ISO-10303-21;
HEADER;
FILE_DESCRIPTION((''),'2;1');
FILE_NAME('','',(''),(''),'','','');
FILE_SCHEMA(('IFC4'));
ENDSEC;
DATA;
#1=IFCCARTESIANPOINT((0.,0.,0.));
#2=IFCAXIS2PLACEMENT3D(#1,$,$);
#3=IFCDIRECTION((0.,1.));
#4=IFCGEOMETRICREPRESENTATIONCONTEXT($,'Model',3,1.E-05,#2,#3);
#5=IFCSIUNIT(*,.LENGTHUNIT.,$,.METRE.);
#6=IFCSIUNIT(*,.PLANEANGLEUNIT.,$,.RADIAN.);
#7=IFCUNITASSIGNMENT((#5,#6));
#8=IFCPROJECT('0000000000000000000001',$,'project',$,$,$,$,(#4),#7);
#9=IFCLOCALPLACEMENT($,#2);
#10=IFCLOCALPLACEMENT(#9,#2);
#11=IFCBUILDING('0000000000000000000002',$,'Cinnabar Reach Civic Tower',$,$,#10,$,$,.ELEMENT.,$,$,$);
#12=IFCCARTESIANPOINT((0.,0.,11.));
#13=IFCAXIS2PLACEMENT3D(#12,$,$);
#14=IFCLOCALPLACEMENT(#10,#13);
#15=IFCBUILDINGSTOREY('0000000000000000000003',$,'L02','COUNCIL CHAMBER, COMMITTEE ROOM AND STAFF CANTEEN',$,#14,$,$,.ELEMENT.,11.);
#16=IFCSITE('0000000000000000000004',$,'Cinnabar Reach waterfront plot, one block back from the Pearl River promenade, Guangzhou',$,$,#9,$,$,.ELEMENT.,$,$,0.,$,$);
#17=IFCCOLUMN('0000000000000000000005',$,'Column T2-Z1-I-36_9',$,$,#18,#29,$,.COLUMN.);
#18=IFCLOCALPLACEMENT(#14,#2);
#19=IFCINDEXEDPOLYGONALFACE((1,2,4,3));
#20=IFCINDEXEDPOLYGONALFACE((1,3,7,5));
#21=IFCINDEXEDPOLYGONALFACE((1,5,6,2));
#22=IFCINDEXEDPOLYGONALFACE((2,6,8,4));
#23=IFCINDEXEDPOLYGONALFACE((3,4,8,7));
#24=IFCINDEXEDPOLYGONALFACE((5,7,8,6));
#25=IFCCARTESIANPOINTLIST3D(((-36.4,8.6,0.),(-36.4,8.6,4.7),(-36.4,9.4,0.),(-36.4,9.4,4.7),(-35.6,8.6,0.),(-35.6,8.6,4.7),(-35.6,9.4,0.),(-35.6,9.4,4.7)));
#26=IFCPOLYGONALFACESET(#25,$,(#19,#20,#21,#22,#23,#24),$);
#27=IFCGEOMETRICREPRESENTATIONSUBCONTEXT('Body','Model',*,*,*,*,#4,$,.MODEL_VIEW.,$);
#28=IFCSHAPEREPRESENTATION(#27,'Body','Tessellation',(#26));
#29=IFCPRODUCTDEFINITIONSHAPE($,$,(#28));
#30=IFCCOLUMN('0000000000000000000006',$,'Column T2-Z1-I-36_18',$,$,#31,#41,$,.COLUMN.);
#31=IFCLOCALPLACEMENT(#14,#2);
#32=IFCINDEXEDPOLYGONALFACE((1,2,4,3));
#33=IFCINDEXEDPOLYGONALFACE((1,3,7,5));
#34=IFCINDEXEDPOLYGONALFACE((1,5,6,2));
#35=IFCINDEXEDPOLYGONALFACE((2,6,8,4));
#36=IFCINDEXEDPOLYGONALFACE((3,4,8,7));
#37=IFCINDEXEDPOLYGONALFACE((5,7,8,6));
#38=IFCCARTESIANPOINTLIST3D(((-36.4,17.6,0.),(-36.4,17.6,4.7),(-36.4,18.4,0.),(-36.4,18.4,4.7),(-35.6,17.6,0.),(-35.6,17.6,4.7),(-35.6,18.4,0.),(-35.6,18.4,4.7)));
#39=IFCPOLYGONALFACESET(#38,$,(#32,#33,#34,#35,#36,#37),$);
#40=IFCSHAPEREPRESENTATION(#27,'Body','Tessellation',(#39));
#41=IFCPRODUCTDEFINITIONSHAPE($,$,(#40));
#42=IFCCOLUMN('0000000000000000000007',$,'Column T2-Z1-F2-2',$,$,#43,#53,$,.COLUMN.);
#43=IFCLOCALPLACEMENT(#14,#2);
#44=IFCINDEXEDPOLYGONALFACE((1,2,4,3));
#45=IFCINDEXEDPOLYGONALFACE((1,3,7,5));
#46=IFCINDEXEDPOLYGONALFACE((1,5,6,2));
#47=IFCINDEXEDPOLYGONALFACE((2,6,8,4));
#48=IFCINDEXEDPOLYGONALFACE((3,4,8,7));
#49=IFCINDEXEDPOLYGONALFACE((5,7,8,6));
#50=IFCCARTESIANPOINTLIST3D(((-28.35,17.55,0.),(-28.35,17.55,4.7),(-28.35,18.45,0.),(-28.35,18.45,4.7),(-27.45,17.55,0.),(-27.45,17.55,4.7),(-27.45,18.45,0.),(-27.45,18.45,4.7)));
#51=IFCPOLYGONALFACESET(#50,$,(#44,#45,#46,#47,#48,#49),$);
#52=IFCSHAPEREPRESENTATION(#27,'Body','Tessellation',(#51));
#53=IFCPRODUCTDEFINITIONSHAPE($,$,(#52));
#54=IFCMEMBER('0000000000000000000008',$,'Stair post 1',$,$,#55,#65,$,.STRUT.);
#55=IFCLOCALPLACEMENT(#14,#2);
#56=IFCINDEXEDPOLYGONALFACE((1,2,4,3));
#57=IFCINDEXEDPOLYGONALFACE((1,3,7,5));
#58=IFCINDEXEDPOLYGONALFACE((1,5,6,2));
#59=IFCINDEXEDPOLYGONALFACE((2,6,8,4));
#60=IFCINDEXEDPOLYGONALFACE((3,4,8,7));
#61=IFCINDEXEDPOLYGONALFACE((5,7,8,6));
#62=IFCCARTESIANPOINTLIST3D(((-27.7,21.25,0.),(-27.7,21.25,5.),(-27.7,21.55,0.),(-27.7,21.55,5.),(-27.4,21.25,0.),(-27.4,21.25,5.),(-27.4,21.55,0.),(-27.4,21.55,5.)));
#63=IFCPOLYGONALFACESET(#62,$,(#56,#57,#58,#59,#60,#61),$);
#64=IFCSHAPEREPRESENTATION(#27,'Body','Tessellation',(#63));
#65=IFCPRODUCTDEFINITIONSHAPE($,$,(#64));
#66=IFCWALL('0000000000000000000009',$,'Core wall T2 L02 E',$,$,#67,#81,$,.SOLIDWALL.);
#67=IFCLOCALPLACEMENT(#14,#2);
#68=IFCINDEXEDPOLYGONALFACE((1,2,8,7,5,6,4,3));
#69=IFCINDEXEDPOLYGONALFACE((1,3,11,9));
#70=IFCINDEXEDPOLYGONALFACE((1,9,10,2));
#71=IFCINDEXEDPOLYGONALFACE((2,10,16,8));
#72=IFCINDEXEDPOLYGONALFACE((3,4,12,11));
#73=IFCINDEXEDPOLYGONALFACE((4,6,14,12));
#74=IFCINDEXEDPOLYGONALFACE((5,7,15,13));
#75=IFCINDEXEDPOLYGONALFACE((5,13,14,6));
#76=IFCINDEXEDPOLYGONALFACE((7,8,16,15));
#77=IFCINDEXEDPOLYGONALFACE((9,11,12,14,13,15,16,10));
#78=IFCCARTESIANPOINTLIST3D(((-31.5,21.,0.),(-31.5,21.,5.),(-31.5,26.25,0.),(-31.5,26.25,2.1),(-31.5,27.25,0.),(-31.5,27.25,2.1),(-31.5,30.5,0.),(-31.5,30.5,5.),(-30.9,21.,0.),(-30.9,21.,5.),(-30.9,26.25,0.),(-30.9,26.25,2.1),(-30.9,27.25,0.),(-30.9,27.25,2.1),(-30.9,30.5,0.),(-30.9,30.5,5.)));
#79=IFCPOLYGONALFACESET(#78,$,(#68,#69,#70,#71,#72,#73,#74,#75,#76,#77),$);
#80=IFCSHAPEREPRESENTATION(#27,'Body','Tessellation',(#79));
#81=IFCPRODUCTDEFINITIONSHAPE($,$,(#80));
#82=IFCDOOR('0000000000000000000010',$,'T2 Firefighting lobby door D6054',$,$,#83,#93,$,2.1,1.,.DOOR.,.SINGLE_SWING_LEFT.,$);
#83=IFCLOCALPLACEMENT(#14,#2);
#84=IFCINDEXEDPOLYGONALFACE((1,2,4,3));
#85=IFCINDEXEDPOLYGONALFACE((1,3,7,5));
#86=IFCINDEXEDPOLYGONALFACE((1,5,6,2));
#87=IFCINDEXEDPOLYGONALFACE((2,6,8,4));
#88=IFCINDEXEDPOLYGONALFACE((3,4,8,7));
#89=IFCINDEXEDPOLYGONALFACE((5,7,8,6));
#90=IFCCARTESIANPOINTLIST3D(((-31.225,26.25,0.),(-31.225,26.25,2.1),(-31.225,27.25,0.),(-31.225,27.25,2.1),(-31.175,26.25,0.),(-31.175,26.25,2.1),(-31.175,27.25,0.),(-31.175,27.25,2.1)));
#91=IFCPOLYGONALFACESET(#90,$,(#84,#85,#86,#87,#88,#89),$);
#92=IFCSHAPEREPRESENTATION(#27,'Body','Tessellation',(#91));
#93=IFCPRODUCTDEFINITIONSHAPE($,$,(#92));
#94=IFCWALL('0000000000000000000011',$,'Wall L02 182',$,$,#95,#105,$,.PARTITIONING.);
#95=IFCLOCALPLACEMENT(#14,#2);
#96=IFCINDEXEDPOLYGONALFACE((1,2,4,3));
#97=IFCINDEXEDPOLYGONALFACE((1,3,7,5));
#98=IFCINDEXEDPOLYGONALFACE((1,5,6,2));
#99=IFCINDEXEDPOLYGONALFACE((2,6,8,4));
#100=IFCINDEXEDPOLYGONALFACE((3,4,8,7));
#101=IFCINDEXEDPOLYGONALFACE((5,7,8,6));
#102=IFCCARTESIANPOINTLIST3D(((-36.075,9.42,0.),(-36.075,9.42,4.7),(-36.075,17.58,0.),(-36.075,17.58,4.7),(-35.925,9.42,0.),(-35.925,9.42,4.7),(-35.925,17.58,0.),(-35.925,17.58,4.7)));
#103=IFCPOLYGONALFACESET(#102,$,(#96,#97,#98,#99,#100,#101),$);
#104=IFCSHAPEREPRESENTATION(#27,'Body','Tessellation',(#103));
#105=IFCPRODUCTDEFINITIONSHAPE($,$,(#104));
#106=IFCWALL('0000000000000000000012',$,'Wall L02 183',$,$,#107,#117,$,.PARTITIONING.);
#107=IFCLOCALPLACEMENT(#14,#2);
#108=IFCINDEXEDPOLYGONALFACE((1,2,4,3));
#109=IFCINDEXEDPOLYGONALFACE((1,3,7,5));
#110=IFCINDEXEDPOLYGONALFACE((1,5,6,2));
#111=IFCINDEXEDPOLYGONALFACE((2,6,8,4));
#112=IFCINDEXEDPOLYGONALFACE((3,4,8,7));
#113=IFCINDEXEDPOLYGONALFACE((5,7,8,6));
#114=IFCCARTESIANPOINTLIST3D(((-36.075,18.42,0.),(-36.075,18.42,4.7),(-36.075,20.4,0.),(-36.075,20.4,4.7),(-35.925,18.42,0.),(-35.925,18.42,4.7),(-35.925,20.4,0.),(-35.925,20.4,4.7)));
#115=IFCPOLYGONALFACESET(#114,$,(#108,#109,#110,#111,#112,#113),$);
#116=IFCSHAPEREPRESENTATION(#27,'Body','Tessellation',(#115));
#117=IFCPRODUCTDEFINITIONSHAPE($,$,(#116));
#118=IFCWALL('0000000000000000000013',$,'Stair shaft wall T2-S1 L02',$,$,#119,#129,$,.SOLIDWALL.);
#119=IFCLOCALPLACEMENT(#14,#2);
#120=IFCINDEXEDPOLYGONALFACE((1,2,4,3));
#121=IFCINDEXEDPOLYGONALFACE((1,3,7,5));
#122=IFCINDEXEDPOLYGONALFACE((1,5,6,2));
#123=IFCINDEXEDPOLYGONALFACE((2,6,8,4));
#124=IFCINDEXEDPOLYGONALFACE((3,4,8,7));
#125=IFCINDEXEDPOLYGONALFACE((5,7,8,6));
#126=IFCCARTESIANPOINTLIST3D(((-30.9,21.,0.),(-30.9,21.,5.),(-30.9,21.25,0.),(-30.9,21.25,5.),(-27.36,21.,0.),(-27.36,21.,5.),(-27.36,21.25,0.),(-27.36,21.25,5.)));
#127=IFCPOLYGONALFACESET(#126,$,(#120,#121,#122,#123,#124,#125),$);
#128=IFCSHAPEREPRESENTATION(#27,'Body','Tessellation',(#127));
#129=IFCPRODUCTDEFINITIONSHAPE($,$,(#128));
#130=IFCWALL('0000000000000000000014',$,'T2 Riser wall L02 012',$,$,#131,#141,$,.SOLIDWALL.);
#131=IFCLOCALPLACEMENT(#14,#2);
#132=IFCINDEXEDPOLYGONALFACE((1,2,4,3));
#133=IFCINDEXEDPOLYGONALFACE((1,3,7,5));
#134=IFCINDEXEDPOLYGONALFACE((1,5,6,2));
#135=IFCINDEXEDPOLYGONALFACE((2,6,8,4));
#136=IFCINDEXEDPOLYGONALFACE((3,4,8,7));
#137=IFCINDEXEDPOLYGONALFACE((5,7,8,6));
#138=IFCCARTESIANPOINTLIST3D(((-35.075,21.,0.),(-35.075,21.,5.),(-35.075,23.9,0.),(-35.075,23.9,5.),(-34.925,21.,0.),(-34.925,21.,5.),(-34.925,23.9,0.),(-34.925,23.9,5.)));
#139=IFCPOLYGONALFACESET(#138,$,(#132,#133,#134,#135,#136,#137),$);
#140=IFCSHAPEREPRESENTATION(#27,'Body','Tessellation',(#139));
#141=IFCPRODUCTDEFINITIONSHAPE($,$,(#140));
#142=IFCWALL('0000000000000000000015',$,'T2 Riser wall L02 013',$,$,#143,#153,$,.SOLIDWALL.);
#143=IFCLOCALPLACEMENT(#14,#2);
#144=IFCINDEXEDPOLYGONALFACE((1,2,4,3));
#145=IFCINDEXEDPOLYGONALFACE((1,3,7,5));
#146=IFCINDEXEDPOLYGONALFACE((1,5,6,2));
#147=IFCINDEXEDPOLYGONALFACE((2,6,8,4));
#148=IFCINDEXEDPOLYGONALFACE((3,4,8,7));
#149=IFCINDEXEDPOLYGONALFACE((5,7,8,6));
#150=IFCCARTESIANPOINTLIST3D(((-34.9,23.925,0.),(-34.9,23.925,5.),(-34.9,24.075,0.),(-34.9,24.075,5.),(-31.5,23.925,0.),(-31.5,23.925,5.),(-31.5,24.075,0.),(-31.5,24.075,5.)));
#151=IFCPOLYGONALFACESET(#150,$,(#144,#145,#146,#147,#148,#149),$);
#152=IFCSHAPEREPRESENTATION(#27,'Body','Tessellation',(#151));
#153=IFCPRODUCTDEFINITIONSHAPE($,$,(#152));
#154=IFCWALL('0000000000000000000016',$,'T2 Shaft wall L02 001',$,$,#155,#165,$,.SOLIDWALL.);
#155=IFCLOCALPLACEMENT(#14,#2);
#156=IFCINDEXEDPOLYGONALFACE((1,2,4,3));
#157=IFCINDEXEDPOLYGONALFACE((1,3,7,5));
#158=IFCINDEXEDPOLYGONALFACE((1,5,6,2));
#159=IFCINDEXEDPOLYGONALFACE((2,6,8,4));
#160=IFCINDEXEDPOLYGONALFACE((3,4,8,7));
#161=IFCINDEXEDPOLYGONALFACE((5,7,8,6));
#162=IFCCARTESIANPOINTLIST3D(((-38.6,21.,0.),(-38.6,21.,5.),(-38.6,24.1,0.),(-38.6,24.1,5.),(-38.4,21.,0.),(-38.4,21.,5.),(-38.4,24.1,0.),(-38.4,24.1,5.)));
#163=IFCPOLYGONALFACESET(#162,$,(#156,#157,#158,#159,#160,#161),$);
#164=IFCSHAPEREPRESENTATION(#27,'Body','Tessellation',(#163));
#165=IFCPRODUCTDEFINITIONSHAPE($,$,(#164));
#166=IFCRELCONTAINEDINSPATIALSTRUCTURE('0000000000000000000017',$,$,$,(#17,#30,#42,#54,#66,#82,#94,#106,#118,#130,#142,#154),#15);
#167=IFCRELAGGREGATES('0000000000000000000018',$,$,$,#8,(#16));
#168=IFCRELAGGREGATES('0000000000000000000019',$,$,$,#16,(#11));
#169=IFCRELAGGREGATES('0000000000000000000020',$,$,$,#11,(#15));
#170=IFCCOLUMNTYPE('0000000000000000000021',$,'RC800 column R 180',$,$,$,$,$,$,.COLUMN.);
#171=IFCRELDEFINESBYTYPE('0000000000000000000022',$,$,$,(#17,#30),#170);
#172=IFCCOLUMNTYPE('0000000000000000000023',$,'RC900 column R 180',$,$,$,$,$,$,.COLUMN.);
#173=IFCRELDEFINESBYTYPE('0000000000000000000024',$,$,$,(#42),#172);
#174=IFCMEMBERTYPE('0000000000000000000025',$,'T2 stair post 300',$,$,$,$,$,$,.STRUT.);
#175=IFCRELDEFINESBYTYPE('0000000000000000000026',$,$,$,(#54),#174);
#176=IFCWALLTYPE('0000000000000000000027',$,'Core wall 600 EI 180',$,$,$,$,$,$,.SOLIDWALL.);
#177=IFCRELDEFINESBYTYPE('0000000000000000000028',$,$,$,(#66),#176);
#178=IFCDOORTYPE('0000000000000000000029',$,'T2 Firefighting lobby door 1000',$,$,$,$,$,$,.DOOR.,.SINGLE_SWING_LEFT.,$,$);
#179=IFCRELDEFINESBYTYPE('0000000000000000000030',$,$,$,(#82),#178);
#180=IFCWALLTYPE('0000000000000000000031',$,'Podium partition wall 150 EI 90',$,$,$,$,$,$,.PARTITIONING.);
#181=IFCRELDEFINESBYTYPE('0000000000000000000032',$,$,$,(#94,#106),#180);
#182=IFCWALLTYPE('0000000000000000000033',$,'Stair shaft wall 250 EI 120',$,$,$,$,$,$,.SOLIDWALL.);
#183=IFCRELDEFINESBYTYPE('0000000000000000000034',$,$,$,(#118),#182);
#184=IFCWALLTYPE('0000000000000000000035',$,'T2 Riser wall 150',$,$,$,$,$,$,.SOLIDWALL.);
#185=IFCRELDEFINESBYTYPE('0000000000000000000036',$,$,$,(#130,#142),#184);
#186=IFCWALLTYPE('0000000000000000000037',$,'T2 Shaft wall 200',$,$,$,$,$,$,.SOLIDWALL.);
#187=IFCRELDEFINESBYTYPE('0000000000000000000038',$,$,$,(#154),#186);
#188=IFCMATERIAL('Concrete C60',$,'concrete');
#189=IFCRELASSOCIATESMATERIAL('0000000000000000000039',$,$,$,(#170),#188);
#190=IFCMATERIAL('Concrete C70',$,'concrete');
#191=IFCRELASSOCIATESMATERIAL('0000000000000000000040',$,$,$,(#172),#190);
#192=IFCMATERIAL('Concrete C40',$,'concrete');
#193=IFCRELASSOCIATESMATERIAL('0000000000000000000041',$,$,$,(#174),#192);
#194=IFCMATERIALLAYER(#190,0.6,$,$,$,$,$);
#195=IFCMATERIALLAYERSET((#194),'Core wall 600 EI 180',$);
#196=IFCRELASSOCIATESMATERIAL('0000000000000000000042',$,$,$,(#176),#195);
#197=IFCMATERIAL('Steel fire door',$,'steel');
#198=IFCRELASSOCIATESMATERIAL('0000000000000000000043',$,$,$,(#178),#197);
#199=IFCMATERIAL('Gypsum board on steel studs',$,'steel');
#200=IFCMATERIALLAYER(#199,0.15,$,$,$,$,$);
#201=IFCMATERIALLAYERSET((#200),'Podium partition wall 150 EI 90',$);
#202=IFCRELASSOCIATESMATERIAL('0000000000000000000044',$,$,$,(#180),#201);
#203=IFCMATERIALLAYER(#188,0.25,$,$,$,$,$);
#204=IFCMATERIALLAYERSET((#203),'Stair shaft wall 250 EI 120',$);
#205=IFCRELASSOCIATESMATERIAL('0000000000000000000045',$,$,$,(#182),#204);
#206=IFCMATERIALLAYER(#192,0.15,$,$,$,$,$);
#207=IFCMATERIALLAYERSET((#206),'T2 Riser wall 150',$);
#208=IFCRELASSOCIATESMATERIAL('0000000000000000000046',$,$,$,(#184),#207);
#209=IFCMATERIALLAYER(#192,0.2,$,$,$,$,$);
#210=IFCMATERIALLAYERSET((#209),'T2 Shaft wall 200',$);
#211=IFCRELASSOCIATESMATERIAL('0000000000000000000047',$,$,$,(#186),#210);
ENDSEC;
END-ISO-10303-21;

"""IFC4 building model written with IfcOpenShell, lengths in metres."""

from ifc_helpers import new_model, si_unit, direction, frame, frame_2d, origin, origin_2d, place, context, subcontext, project, spatial, rectangle, extrude, material, layer, layer_set, material_profile, profile_set, type_object, element, fill, save


model = new_model("IFC4")

# Units and contexts
model_context = context("Model", 3, precision=1e-05, world=origin(), true_north=direction((0.0, 1.0)))
body_context = subcontext(model_context, "Body", "Model", "MODEL_VIEW")
ifc_project = project(units=[si_unit("LENGTHUNIT", "METRE"), si_unit("PLANEANGLEUNIT", "RADIAN")], contexts=[model_context])

# Site, building, storey
site_placement = place(None, origin())
site = spatial("IfcSite", under=ifc_project, at=site_placement, Name="Cinnabar Reach waterfront plot, one block back from the Pearl River promenade, Guangzhou", CompositionType="ELEMENT", RefElevation=0.0)
building_placement = place(site_placement, origin())
building = spatial("IfcBuilding", under=site, at=building_placement, Name="Cinnabar Reach Civic Tower", CompositionType="ELEMENT")
storey_placement = place(building_placement, frame((0.0, 0.0, 11.0)))
storey = spatial("IfcBuildingStorey", under=building, at=storey_placement, Name="L02", Description="COUNCIL CHAMBER, COMMITTEE ROOM AND STAFF CANTEEN", CompositionType="ELEMENT", Elevation=11.0)

# Columns
ifc_material_1 = material(Name="Concrete C60", Category="concrete")
ifc_material_profile_1 = material_profile(ifc_material_1, rectangle(XDim=0.8, YDim=0.8, at=origin_2d()), Name="RC800")
ifc_profile_set_1 = profile_set([ifc_material_profile_1], Name="Concrete C60")
column_type_1 = type_object("IfcColumnType", Name="RC800 column R 180", PredefinedType="COLUMN", material=ifc_profile_set_1)
for number, where, z_axis, x_axis, name in (
    (1, (-36.0, 9.0, 0.0), (0.0, 0.0, 1.0), (1.0, 0.0, 0.0), "Column T2-Z1-I-36_9"),
    (2, (-36.0, 18.0, 0.0), (0.0, 0.0, 1.0), (1.0, 0.0, 0.0), "Column T2-Z1-I-36_18"),
):
    element("IfcColumn", number, at=place(storey_placement, frame(where, z_axis=z_axis, x_axis=x_axis)), inside=storey, type_object=column_type_1, Name=name, PredefinedType="COLUMN", context=body_context, shape_type="SweptSolid", body=[
        extrude(rectangle(XDim=0.8, YDim=0.8, at=origin_2d()), origin(), (0.0, 0.0, 1.0), 4.7),
    ])
ifc_material_2 = material(Name="Concrete C70", Category="concrete")
ifc_material_profile_2 = material_profile(ifc_material_2, rectangle(XDim=0.9, YDim=0.9, at=origin_2d()), Name="RC900")
ifc_profile_set_2 = profile_set([ifc_material_profile_2], Name="Concrete C70")
column_type_2 = type_object("IfcColumnType", Name="RC900 column R 180", PredefinedType="COLUMN", material=ifc_profile_set_2)
column_placement = place(storey_placement, frame((-27.9, 18.0, 0.0), z_axis=(0.0, 0.0, 1.0), x_axis=(1.0, 0.0, 0.0)))
element("IfcColumn", 3, at=column_placement, inside=storey, type_object=column_type_2, Name="Column T2-Z1-F2-2", PredefinedType="COLUMN", context=body_context, shape_type="SweptSolid", body=[
    extrude(rectangle(XDim=0.9, YDim=0.9, at=origin_2d()), origin(), (0.0, 0.0, 1.0), 4.7),
])

# Member
ifc_material_3 = material(Name="Concrete C40", Category="concrete")
ifc_material_profile_3 = material_profile(ifc_material_3, rectangle(XDim=0.3, YDim=0.3, at=origin_2d()), Name="C300")
ifc_profile_set_3 = profile_set([ifc_material_profile_3], Name="Concrete C40")
member_type = type_object("IfcMemberType", Name="T2 stair post 300", PredefinedType="STRUT", material=ifc_profile_set_3)
member_placement = place(storey_placement, frame((-27.55, 21.4, 0.0), z_axis=(0.0, 0.0, 1.0), x_axis=(1.0, 0.0, 0.0)))
element("IfcMember", 4, at=member_placement, inside=storey, type_object=member_type, Name="Stair post 1", PredefinedType="STRUT", context=body_context, shape_type="SweptSolid", body=[
    extrude(rectangle(XDim=0.3, YDim=0.3, at=origin_2d()), origin(), (0.0, 0.0, 1.0), 5.0),
])

# Wall, opening, door
ifc_layer_1 = layer(ifc_material_2, 0.6)
ifc_layer_set_1 = layer_set([ifc_layer_1], Name="Core wall 600 EI 180")
wall_type_1 = type_object("IfcWallType", Name="Core wall 600 EI 180", PredefinedType="SOLIDWALL", material=ifc_layer_set_1)
wall_1_placement = place(storey_placement, frame((-31.2, 21.0, 0.0), z_axis=(0.0, 0.0, 1.0), x_axis=(0.0, 1.0, 0.0)))
wall_1 = element("IfcWall", 5, at=wall_1_placement, inside=storey, type_object=wall_type_1, Name="Core wall T2 L02 E", PredefinedType="SOLIDWALL", context=body_context, shape_type="SweptSolid", body=[
    extrude(rectangle(XDim=9.5, YDim=0.6, at=frame_2d((4.75, 0.0))), origin(), (0.0, 0.0, 1.0), 5.0),
])
opening_1_placement = place(wall_1_placement, frame((5.25, 0.0, 0.0)))
opening_1 = element("IfcOpeningElement", 6, at=opening_1_placement, cuts=wall_1, PredefinedType="OPENING", context=body_context, shape_type="SweptSolid", body=[
    extrude(rectangle(XDim=1.0, YDim=2.1, at=frame_2d((0.5, 1.05))), frame((0.0, 0.31, 0.0), z_axis=(0.0, -1.0, 0.0), x_axis=(1.0, 0.0, 0.0)), (0.0, 0.0, 1.0), 0.62),
])
ifc_material_4 = material(Name="Steel fire door", Category="steel")
door_type_1 = type_object("IfcDoorType", Name="T2 Firefighting lobby door 1000", OperationType="SINGLE_SWING_LEFT", PredefinedType="DOOR", material=ifc_material_4)
door_1_placement = place(opening_1_placement, frame((1.0, 0.0, 0.0), z_axis=(0.0, 0.0, 1.0), x_axis=(-1.0, 0.0, 0.0)))
door_1 = element("IfcDoor", 7, at=door_1_placement, inside=storey, type_object=door_type_1, Name="T2 Firefighting lobby door D6054", OperationType="SINGLE_SWING_LEFT", OverallHeight=2.1, OverallWidth=1.0, PredefinedType="DOOR", context=body_context, shape_type="SweptSolid", body=[
    extrude(rectangle(XDim=1.0, YDim=2.1, at=frame_2d((0.5, 1.05))), frame((0.0, 0.025, 0.0), z_axis=(0.0, -1.0, 0.0), x_axis=(1.0, 0.0, 0.0)), (0.0, 0.0, 1.0), 0.05),
])
fill(opening_1, door_1)

# Walls
ifc_material_5 = material(Name="Gypsum board on steel studs", Category="steel")
ifc_layer_2 = layer(ifc_material_5, 0.15)
ifc_layer_set_2 = layer_set([ifc_layer_2], Name="Podium partition wall 150 EI 90")
wall_type_2 = type_object("IfcWallType", Name="Podium partition wall 150 EI 90", PredefinedType="PARTITIONING", material=ifc_layer_set_2)
wall_2_placement = place(storey_placement, frame((-36.0, 9.42, 0.0), z_axis=(0.0, 0.0, 1.0), x_axis=(0.0, 1.0, 0.0)))
element("IfcWall", 8, at=wall_2_placement, inside=storey, type_object=wall_type_2, Name="Wall L02 182", PredefinedType="PARTITIONING", context=body_context, shape_type="SweptSolid", body=[
    extrude(rectangle(XDim=8.16, YDim=0.15, at=frame_2d((4.08, 0.0))), origin(), (0.0, 0.0, 1.0), 4.7),
])
wall_3_placement = place(storey_placement, frame((-36.0, 18.42, 0.0), z_axis=(0.0, 0.0, 1.0), x_axis=(0.0, 1.0, 0.0)))
element("IfcWall", 9, at=wall_3_placement, inside=storey, type_object=wall_type_2, Name="Wall L02 183", PredefinedType="PARTITIONING", context=body_context, shape_type="SweptSolid", body=[
    extrude(rectangle(XDim=1.98, YDim=0.15, at=frame_2d((0.99, 0.0))), origin(), (0.0, 0.0, 1.0), 4.7),
])
ifc_layer_3 = layer(ifc_material_1, 0.25)
ifc_layer_set_3 = layer_set([ifc_layer_3], Name="Stair shaft wall 250 EI 120")
wall_type_3 = type_object("IfcWallType", Name="Stair shaft wall 250 EI 120", PredefinedType="SOLIDWALL", material=ifc_layer_set_3)
wall_4_placement = place(storey_placement, frame((-30.9, 21.125, 0.0), z_axis=(0.0, 0.0, 1.0), x_axis=(1.0, 0.0, 0.0)))
element("IfcWall", 10, at=wall_4_placement, inside=storey, type_object=wall_type_3, Name="Stair shaft wall T2-S1 L02", PredefinedType="SOLIDWALL", context=body_context, shape_type="SweptSolid", body=[
    extrude(rectangle(XDim=3.54, YDim=0.25, at=frame_2d((1.77, 0.0))), origin(), (0.0, 0.0, 1.0), 5.0),
])
ifc_layer_4 = layer(ifc_material_3, 0.15)
ifc_layer_set_4 = layer_set([ifc_layer_4], Name="T2 Riser wall 150")
wall_type_4 = type_object("IfcWallType", Name="T2 Riser wall 150", PredefinedType="SOLIDWALL", material=ifc_layer_set_4)
wall_5_placement = place(storey_placement, frame((-35.0, 21.0, 0.0), z_axis=(0.0, 0.0, 1.0), x_axis=(0.0, 1.0, 0.0)))
element("IfcWall", 11, at=wall_5_placement, inside=storey, type_object=wall_type_4, Name="T2 Riser wall L02 012", PredefinedType="SOLIDWALL", context=body_context, shape_type="SweptSolid", body=[
    extrude(rectangle(XDim=2.9, YDim=0.15, at=frame_2d((1.45, 0.0))), origin(), (0.0, 0.0, 1.0), 5.0),
])
wall_6_placement = place(storey_placement, frame((-31.5, 24.0, 0.0), z_axis=(0.0, 0.0, 1.0), x_axis=(-1.0, 0.0, 0.0)))
element("IfcWall", 12, at=wall_6_placement, inside=storey, type_object=wall_type_4, Name="T2 Riser wall L02 013", PredefinedType="SOLIDWALL", context=body_context, shape_type="SweptSolid", body=[
    extrude(rectangle(XDim=3.4, YDim=0.15, at=frame_2d((1.7, 0.0))), origin(), (0.0, 0.0, 1.0), 5.0),
])
ifc_layer_5 = layer(ifc_material_3, 0.2)
ifc_layer_set_5 = layer_set([ifc_layer_5], Name="T2 Shaft wall 200")
wall_type_5 = type_object("IfcWallType", Name="T2 Shaft wall 200", PredefinedType="SOLIDWALL", material=ifc_layer_set_5)
wall_7_placement = place(storey_placement, frame((-38.5, 21.0, 0.0), z_axis=(0.0, 0.0, 1.0), x_axis=(0.0, 1.0, 0.0)))
element("IfcWall", 13, at=wall_7_placement, inside=storey, type_object=wall_type_5, Name="T2 Shaft wall L02 001", PredefinedType="SOLIDWALL", context=body_context, shape_type="SweptSolid", body=[
    extrude(rectangle(XDim=3.1, YDim=0.2, at=frame_2d((1.55, 0.0))), origin(), (0.0, 0.0, 1.0), 5.0),
])

save(model, "model.ifc")
